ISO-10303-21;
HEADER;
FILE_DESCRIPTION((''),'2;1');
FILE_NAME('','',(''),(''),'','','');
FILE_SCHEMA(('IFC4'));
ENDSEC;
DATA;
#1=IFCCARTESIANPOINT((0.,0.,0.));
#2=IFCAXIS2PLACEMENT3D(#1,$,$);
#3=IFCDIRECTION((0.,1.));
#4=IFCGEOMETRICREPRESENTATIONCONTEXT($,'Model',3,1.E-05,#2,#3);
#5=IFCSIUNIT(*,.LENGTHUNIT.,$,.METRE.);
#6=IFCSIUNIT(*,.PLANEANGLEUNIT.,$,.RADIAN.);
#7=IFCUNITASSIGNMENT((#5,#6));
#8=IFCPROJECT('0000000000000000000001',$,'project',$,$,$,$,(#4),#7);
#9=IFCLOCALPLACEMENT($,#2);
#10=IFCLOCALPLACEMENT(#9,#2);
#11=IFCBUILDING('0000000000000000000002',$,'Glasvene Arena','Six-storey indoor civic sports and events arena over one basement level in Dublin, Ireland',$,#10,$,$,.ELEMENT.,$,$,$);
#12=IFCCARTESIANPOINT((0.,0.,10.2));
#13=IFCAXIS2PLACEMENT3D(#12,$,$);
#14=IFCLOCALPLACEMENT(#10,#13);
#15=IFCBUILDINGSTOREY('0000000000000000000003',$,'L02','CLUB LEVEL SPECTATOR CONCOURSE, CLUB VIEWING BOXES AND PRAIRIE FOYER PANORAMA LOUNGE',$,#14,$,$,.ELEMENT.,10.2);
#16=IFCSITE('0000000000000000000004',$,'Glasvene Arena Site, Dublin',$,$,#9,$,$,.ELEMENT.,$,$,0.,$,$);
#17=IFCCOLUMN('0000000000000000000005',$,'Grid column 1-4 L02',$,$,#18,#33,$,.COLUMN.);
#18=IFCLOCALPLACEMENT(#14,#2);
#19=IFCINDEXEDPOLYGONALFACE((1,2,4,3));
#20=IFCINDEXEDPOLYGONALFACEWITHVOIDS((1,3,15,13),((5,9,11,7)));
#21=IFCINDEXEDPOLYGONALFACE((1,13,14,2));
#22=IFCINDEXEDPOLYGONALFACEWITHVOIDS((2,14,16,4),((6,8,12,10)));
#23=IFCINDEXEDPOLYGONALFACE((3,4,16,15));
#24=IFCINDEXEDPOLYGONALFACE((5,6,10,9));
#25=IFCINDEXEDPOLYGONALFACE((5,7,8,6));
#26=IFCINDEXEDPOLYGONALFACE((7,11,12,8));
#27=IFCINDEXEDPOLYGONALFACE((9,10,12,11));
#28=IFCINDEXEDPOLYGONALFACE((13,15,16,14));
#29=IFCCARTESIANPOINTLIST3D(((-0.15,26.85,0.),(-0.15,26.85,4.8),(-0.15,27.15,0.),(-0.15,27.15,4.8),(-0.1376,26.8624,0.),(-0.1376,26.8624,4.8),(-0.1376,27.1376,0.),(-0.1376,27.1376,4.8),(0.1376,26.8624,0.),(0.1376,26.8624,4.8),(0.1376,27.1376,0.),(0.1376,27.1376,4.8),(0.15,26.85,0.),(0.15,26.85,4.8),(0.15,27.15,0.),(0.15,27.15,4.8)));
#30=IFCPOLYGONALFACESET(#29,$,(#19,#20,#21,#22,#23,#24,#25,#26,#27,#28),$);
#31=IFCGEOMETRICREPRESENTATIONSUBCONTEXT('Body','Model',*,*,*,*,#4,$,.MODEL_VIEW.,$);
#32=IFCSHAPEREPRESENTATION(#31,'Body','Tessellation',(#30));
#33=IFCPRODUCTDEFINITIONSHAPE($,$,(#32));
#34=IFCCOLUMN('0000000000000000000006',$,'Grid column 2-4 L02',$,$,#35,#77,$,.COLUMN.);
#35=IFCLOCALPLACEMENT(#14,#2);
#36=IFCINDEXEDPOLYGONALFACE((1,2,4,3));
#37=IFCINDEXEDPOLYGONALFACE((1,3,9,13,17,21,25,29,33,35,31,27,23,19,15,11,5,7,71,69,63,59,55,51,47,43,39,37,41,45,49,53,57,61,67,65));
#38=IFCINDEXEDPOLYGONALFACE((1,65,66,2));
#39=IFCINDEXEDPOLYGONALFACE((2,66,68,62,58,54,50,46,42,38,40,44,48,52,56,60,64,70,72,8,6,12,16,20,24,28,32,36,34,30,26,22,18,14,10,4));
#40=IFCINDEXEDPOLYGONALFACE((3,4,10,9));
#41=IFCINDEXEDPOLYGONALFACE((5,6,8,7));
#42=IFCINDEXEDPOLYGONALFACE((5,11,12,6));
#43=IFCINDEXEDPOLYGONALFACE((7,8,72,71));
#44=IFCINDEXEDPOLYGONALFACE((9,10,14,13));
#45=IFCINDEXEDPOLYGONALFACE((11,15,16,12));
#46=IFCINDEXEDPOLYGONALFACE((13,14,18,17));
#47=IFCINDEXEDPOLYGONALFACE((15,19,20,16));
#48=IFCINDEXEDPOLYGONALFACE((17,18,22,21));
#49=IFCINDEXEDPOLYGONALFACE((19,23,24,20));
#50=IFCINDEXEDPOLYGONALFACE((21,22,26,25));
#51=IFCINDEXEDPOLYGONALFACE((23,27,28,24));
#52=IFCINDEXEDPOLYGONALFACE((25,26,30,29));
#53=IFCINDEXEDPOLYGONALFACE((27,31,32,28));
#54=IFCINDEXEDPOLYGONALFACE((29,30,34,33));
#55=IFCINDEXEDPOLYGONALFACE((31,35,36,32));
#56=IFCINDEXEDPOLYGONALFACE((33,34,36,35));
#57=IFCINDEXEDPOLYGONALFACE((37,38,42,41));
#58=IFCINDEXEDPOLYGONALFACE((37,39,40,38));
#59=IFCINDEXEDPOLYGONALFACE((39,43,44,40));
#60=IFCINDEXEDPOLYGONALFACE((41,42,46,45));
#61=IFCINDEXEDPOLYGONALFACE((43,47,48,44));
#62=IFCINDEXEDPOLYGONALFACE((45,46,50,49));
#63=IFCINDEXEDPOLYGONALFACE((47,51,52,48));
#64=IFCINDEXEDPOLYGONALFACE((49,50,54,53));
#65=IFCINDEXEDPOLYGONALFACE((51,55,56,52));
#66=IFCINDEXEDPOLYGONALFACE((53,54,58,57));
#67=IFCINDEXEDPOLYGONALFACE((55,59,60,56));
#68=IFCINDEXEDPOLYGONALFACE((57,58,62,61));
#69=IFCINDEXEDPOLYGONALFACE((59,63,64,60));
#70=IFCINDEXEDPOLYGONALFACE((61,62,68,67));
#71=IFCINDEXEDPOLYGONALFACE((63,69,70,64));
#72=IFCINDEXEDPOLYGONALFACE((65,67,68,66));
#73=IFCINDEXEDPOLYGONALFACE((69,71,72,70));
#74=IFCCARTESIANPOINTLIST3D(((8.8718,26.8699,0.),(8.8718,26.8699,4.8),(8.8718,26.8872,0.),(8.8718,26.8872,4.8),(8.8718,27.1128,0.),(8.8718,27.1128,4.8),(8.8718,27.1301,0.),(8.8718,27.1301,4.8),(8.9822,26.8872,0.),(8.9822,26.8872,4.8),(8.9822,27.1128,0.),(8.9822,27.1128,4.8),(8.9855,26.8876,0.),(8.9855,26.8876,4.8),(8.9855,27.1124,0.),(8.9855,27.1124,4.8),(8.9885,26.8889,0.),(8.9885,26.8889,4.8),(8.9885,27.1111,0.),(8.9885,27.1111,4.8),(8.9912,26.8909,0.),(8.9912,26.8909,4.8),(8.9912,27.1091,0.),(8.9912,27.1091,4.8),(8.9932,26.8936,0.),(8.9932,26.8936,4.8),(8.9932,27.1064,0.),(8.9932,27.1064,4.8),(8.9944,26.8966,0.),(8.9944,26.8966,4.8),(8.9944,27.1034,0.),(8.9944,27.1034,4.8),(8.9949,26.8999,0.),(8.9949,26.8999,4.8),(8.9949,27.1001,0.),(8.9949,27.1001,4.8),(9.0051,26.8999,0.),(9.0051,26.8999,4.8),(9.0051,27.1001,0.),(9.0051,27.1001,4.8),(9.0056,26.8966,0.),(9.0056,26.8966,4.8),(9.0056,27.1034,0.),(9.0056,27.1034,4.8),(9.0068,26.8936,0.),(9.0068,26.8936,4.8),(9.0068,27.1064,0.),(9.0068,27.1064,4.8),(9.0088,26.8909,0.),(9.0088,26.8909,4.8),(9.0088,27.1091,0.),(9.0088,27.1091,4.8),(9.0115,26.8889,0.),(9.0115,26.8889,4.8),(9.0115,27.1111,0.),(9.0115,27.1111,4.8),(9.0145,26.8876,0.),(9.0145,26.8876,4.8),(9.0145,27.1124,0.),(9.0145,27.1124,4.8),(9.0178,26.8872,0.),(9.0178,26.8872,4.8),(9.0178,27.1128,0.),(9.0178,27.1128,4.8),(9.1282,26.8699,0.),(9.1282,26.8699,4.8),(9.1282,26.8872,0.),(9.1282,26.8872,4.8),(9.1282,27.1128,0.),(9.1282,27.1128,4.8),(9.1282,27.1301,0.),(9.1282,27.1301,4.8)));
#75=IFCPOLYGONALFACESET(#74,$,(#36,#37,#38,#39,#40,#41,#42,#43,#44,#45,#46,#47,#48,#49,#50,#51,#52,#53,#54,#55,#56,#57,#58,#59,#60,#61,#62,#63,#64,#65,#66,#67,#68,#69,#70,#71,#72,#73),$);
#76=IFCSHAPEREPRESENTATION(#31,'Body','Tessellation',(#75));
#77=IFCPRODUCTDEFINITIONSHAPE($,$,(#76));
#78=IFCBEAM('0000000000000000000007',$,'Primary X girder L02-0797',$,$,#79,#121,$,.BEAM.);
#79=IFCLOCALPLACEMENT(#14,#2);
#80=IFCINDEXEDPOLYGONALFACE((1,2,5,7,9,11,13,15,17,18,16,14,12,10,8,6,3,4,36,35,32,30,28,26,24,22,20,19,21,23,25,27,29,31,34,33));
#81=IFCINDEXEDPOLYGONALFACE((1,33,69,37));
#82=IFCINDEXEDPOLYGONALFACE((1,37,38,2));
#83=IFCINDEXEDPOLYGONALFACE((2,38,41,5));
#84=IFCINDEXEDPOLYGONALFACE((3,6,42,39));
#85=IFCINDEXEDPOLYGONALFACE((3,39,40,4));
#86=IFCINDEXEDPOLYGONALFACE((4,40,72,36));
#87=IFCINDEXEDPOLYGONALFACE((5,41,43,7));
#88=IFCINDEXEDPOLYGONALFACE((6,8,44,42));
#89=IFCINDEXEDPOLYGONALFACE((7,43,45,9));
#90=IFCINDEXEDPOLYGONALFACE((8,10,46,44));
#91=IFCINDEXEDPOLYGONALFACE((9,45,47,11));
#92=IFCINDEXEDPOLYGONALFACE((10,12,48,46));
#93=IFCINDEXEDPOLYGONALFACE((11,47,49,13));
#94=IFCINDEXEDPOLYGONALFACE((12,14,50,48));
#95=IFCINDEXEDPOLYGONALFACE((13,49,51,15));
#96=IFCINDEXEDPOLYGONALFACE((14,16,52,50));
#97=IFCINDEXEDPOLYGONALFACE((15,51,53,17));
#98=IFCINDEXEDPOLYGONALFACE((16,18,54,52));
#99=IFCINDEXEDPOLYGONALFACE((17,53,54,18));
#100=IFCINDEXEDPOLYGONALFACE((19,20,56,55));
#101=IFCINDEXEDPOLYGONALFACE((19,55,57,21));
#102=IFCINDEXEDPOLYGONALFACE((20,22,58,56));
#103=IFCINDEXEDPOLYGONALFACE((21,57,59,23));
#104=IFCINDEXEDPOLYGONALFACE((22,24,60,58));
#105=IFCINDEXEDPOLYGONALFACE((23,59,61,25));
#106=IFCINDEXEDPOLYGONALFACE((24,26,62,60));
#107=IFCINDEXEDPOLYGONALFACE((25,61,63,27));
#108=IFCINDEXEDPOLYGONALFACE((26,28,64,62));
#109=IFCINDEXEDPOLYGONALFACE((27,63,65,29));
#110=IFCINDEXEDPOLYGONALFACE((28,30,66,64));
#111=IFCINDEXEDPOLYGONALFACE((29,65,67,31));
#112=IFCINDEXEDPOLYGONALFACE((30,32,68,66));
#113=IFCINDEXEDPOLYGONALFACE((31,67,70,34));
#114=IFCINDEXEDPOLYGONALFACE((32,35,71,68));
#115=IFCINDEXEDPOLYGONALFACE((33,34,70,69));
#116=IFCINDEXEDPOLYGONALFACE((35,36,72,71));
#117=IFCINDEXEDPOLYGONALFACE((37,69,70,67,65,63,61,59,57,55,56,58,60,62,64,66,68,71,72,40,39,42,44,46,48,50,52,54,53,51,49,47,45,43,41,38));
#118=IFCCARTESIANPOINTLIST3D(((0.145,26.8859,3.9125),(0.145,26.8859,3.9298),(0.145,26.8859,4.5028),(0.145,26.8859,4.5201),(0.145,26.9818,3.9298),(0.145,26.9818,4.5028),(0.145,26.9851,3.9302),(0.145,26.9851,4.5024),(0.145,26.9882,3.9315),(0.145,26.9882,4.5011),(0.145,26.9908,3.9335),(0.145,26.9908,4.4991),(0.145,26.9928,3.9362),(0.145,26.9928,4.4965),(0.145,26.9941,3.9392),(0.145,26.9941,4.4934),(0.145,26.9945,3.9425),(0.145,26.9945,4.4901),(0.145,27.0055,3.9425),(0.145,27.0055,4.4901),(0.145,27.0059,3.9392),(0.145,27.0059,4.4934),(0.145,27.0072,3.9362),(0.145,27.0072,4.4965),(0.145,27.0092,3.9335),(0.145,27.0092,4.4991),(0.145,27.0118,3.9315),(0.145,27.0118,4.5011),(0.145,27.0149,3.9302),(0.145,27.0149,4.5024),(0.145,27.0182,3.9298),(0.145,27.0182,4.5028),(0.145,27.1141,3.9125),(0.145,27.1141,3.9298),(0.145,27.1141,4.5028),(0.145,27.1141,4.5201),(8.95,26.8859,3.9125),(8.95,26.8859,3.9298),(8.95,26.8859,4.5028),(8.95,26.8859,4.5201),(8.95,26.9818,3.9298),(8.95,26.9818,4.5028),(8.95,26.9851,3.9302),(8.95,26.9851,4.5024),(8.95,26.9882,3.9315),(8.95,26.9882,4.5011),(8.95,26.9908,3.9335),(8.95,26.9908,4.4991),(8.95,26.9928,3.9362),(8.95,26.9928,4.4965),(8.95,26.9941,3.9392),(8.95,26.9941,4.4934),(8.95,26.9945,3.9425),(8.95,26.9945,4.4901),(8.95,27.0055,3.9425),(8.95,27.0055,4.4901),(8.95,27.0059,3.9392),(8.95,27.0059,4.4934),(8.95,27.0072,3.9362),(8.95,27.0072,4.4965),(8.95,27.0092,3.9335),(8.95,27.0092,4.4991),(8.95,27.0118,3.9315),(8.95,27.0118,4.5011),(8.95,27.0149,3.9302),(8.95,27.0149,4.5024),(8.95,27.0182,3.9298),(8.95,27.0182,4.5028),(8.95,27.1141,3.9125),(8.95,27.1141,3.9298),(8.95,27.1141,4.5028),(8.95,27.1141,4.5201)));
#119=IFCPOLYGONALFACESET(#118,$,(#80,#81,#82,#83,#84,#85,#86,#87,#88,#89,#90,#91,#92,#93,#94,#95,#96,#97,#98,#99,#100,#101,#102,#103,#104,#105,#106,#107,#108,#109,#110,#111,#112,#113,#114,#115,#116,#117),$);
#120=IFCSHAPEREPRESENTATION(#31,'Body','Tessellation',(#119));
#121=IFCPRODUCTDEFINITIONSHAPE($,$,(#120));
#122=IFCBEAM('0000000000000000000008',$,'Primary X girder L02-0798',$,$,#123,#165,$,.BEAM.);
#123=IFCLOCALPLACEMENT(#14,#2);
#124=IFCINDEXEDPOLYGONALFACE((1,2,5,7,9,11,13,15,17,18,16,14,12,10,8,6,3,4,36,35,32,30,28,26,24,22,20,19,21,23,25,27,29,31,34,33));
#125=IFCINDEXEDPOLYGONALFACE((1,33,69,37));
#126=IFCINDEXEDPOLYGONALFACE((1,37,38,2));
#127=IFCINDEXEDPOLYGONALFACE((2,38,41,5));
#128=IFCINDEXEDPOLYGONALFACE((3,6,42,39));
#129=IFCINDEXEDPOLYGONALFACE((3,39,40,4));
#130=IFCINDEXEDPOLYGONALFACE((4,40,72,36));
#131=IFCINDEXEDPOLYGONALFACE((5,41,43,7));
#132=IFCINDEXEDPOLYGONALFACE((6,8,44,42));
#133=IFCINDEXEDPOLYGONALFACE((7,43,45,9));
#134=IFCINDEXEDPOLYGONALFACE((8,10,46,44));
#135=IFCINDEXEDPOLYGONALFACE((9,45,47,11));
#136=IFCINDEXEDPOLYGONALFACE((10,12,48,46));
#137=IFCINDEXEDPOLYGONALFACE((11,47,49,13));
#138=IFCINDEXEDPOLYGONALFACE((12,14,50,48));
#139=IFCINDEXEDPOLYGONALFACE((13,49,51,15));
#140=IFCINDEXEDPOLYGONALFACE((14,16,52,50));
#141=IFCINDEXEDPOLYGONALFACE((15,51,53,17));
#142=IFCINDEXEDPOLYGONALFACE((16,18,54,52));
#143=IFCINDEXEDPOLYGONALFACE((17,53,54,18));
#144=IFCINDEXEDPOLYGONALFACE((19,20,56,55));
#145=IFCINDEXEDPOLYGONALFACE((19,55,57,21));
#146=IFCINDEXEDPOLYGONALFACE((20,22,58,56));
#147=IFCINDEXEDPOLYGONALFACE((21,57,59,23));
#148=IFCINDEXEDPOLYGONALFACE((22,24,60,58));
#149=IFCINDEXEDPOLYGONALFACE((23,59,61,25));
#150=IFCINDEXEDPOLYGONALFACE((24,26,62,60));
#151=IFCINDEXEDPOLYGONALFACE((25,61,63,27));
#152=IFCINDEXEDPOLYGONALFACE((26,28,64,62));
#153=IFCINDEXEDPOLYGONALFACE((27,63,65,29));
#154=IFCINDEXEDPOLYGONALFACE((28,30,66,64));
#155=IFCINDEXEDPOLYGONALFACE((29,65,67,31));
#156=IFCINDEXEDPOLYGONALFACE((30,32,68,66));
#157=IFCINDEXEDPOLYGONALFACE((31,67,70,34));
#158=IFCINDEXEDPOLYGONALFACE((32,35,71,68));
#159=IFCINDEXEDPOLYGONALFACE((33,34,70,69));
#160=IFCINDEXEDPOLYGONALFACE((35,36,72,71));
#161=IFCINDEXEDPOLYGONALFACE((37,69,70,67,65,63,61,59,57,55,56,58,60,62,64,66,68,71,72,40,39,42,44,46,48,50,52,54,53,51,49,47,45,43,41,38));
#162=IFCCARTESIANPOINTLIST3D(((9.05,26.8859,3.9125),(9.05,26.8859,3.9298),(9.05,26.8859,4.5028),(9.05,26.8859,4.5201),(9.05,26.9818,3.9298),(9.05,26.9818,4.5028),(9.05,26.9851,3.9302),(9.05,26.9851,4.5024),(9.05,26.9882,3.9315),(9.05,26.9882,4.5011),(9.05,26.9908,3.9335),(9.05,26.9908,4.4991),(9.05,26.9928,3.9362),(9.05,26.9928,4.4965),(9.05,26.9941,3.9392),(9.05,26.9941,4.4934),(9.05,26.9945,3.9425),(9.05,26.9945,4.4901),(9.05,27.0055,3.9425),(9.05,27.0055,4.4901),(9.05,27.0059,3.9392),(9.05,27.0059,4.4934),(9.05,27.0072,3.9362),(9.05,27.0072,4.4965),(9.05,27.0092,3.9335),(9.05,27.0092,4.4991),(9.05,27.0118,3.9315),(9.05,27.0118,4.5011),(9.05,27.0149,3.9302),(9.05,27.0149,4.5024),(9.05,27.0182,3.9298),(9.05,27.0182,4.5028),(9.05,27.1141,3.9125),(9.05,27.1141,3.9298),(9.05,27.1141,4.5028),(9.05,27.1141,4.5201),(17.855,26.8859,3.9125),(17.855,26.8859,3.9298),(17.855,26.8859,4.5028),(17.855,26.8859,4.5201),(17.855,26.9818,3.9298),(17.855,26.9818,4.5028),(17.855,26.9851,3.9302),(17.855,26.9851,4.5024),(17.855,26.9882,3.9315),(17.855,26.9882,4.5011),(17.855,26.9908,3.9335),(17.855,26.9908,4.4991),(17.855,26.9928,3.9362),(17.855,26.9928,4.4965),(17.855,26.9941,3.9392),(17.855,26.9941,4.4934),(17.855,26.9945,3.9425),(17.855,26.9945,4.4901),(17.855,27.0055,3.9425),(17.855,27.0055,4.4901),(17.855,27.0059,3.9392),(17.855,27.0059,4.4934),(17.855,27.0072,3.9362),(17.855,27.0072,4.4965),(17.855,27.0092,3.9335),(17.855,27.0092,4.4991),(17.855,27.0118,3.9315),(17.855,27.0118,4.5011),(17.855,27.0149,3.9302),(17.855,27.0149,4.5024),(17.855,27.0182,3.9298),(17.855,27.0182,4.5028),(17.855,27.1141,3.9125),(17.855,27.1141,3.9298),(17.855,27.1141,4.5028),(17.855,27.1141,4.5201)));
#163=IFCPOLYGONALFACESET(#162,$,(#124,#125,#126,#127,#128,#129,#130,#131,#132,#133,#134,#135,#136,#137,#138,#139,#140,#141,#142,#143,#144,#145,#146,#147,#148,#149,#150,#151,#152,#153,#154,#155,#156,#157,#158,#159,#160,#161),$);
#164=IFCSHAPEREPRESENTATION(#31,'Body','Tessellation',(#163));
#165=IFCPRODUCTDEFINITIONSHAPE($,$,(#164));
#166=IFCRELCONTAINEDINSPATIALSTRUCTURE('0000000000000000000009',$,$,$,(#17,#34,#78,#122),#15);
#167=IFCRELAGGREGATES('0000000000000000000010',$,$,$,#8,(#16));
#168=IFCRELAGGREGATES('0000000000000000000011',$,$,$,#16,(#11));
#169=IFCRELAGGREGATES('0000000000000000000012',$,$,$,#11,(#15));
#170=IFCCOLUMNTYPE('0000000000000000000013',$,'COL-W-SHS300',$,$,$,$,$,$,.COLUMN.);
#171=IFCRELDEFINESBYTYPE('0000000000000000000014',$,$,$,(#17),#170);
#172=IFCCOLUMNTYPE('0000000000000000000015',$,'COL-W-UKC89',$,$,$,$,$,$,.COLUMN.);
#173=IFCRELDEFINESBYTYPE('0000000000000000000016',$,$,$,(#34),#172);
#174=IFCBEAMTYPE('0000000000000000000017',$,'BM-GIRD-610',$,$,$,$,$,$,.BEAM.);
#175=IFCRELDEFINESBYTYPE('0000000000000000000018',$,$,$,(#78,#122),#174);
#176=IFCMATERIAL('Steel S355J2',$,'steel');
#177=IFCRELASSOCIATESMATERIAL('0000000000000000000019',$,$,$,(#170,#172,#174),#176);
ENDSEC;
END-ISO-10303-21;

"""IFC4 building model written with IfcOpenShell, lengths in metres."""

from ifc_helpers import new_model, si_unit, direction, frame, origin, origin_2d, place, context, subcontext, project, spatial, hollow_rectangle, i_section, extrude, material, material_profile, profile_set, type_object, element, save


model = new_model("IFC4")

# Units and contexts
model_context = context("Model", 3, precision=1e-05, world=origin(), true_north=direction((0.0, 1.0)))
body_context = subcontext(model_context, "Body", "Model", "MODEL_VIEW")
ifc_project = project(units=[si_unit("LENGTHUNIT", "METRE"), si_unit("PLANEANGLEUNIT", "RADIAN")], contexts=[model_context])

# Site, building, storey
site_placement = place(None, origin())
site = spatial("IfcSite", under=ifc_project, at=site_placement, Name="Glasvene Arena Site, Dublin", CompositionType="ELEMENT", RefElevation=0.0)
building_placement = place(site_placement, origin())
building = spatial("IfcBuilding", under=site, at=building_placement, Name="Glasvene Arena", Description="Six-storey indoor civic sports and events arena over one basement level in Dublin, Ireland", CompositionType="ELEMENT")
storey_placement = place(building_placement, frame((0.0, 0.0, 10.2)))
storey = spatial("IfcBuildingStorey", under=building, at=storey_placement, Name="L02", Description="CLUB LEVEL SPECTATOR CONCOURSE, CLUB VIEWING BOXES AND PRAIRIE FOYER PANORAMA LOUNGE", CompositionType="ELEMENT", Elevation=10.2)

# Columns
ifc_material_1 = material(Name="Steel S355J2", Category="steel")
ifc_material_profile_1 = material_profile(ifc_material_1, hollow_rectangle(XDim=0.3, YDim=0.3, WallThickness=0.0125, at=origin_2d()), Name="SHS 300x300x12.5")
ifc_profile_set_1 = profile_set([ifc_material_profile_1], Name="Steel S355J2")
column_type_1 = type_object("IfcColumnType", Name="COL-W-SHS300", PredefinedType="COLUMN", material=ifc_profile_set_1)
column_1_placement = place(storey_placement, frame((0.0, 27.0, 0.0), z_axis=(0.0, 0.0, 1.0), x_axis=(1.0, 0.0, 0.0)))
element("IfcColumn", 1, at=column_1_placement, inside=storey, type_object=column_type_1, Name="Grid column 1-4 L02", PredefinedType="COLUMN", context=body_context, shape_type="SweptSolid", body=[
    extrude(hollow_rectangle(XDim=0.3, YDim=0.3, WallThickness=0.0125, at=origin_2d()), origin(), (0.0, 0.0, 1.0), 4.8),
])
ifc_material_profile_2 = material_profile(ifc_material_1, i_section(OverallWidth=0.2563, OverallDepth=0.2603, WebThickness=0.0103, FlangeThickness=0.0173, FilletRadius=0.0127, at=origin_2d()), Name="UKC 254x254x89")
ifc_profile_set_2 = profile_set([ifc_material_profile_2], Name="Steel S355J2")
column_type_2 = type_object("IfcColumnType", Name="COL-W-UKC89", PredefinedType="COLUMN", material=ifc_profile_set_2)
column_2_placement = place(storey_placement, frame((9.0, 27.0, 0.0), z_axis=(0.0, 0.0, 1.0), x_axis=(1.0, 0.0, 0.0)))
element("IfcColumn", 2, at=column_2_placement, inside=storey, type_object=column_type_2, Name="Grid column 2-4 L02", PredefinedType="COLUMN", context=body_context, shape_type="SweptSolid", body=[
    extrude(i_section(OverallWidth=0.2563, OverallDepth=0.2603, WebThickness=0.0103, FlangeThickness=0.0173, FilletRadius=0.0127, at=origin_2d()), origin(), (0.0, 0.0, 1.0), 4.8),
])

# Beams
ifc_material_profile_3 = material_profile(ifc_material_1, i_section(OverallWidth=0.2283, OverallDepth=0.6077, WebThickness=0.011, FlangeThickness=0.0173, FilletRadius=0.0127, at=origin_2d()), Name="UKB 610x229x113")
ifc_profile_set_3 = profile_set([ifc_material_profile_3], Name="Steel S355J2")
beam_type_1 = type_object("IfcBeamType", Name="BM-GIRD-610", PredefinedType="BEAM", material=ifc_profile_set_3)
for number, where, z_axis, x_axis, name in (
    (3, (0.145, 27.0, 4.2163), (1.0, 0.0, 0.0), (0.0, 1.0, 0.0), "Primary X girder L02-0797"),
    (4, (9.05, 27.0, 4.2163), (1.0, 0.0, 0.0), (0.0, 1.0, 0.0), "Primary X girder L02-0798"),
):
    element("IfcBeam", number, at=place(storey_placement, frame(where, z_axis=z_axis, x_axis=x_axis)), inside=storey, type_object=beam_type_1, Name=name, PredefinedType="BEAM", context=body_context, shape_type="SweptSolid", body=[
        extrude(i_section(OverallWidth=0.2283, OverallDepth=0.6077, WebThickness=0.011, FlangeThickness=0.0173, FilletRadius=0.0127, at=origin_2d()), origin(), (0.0, 0.0, 1.0), 8.8049),
    ])

save(model, "model.ifc")
